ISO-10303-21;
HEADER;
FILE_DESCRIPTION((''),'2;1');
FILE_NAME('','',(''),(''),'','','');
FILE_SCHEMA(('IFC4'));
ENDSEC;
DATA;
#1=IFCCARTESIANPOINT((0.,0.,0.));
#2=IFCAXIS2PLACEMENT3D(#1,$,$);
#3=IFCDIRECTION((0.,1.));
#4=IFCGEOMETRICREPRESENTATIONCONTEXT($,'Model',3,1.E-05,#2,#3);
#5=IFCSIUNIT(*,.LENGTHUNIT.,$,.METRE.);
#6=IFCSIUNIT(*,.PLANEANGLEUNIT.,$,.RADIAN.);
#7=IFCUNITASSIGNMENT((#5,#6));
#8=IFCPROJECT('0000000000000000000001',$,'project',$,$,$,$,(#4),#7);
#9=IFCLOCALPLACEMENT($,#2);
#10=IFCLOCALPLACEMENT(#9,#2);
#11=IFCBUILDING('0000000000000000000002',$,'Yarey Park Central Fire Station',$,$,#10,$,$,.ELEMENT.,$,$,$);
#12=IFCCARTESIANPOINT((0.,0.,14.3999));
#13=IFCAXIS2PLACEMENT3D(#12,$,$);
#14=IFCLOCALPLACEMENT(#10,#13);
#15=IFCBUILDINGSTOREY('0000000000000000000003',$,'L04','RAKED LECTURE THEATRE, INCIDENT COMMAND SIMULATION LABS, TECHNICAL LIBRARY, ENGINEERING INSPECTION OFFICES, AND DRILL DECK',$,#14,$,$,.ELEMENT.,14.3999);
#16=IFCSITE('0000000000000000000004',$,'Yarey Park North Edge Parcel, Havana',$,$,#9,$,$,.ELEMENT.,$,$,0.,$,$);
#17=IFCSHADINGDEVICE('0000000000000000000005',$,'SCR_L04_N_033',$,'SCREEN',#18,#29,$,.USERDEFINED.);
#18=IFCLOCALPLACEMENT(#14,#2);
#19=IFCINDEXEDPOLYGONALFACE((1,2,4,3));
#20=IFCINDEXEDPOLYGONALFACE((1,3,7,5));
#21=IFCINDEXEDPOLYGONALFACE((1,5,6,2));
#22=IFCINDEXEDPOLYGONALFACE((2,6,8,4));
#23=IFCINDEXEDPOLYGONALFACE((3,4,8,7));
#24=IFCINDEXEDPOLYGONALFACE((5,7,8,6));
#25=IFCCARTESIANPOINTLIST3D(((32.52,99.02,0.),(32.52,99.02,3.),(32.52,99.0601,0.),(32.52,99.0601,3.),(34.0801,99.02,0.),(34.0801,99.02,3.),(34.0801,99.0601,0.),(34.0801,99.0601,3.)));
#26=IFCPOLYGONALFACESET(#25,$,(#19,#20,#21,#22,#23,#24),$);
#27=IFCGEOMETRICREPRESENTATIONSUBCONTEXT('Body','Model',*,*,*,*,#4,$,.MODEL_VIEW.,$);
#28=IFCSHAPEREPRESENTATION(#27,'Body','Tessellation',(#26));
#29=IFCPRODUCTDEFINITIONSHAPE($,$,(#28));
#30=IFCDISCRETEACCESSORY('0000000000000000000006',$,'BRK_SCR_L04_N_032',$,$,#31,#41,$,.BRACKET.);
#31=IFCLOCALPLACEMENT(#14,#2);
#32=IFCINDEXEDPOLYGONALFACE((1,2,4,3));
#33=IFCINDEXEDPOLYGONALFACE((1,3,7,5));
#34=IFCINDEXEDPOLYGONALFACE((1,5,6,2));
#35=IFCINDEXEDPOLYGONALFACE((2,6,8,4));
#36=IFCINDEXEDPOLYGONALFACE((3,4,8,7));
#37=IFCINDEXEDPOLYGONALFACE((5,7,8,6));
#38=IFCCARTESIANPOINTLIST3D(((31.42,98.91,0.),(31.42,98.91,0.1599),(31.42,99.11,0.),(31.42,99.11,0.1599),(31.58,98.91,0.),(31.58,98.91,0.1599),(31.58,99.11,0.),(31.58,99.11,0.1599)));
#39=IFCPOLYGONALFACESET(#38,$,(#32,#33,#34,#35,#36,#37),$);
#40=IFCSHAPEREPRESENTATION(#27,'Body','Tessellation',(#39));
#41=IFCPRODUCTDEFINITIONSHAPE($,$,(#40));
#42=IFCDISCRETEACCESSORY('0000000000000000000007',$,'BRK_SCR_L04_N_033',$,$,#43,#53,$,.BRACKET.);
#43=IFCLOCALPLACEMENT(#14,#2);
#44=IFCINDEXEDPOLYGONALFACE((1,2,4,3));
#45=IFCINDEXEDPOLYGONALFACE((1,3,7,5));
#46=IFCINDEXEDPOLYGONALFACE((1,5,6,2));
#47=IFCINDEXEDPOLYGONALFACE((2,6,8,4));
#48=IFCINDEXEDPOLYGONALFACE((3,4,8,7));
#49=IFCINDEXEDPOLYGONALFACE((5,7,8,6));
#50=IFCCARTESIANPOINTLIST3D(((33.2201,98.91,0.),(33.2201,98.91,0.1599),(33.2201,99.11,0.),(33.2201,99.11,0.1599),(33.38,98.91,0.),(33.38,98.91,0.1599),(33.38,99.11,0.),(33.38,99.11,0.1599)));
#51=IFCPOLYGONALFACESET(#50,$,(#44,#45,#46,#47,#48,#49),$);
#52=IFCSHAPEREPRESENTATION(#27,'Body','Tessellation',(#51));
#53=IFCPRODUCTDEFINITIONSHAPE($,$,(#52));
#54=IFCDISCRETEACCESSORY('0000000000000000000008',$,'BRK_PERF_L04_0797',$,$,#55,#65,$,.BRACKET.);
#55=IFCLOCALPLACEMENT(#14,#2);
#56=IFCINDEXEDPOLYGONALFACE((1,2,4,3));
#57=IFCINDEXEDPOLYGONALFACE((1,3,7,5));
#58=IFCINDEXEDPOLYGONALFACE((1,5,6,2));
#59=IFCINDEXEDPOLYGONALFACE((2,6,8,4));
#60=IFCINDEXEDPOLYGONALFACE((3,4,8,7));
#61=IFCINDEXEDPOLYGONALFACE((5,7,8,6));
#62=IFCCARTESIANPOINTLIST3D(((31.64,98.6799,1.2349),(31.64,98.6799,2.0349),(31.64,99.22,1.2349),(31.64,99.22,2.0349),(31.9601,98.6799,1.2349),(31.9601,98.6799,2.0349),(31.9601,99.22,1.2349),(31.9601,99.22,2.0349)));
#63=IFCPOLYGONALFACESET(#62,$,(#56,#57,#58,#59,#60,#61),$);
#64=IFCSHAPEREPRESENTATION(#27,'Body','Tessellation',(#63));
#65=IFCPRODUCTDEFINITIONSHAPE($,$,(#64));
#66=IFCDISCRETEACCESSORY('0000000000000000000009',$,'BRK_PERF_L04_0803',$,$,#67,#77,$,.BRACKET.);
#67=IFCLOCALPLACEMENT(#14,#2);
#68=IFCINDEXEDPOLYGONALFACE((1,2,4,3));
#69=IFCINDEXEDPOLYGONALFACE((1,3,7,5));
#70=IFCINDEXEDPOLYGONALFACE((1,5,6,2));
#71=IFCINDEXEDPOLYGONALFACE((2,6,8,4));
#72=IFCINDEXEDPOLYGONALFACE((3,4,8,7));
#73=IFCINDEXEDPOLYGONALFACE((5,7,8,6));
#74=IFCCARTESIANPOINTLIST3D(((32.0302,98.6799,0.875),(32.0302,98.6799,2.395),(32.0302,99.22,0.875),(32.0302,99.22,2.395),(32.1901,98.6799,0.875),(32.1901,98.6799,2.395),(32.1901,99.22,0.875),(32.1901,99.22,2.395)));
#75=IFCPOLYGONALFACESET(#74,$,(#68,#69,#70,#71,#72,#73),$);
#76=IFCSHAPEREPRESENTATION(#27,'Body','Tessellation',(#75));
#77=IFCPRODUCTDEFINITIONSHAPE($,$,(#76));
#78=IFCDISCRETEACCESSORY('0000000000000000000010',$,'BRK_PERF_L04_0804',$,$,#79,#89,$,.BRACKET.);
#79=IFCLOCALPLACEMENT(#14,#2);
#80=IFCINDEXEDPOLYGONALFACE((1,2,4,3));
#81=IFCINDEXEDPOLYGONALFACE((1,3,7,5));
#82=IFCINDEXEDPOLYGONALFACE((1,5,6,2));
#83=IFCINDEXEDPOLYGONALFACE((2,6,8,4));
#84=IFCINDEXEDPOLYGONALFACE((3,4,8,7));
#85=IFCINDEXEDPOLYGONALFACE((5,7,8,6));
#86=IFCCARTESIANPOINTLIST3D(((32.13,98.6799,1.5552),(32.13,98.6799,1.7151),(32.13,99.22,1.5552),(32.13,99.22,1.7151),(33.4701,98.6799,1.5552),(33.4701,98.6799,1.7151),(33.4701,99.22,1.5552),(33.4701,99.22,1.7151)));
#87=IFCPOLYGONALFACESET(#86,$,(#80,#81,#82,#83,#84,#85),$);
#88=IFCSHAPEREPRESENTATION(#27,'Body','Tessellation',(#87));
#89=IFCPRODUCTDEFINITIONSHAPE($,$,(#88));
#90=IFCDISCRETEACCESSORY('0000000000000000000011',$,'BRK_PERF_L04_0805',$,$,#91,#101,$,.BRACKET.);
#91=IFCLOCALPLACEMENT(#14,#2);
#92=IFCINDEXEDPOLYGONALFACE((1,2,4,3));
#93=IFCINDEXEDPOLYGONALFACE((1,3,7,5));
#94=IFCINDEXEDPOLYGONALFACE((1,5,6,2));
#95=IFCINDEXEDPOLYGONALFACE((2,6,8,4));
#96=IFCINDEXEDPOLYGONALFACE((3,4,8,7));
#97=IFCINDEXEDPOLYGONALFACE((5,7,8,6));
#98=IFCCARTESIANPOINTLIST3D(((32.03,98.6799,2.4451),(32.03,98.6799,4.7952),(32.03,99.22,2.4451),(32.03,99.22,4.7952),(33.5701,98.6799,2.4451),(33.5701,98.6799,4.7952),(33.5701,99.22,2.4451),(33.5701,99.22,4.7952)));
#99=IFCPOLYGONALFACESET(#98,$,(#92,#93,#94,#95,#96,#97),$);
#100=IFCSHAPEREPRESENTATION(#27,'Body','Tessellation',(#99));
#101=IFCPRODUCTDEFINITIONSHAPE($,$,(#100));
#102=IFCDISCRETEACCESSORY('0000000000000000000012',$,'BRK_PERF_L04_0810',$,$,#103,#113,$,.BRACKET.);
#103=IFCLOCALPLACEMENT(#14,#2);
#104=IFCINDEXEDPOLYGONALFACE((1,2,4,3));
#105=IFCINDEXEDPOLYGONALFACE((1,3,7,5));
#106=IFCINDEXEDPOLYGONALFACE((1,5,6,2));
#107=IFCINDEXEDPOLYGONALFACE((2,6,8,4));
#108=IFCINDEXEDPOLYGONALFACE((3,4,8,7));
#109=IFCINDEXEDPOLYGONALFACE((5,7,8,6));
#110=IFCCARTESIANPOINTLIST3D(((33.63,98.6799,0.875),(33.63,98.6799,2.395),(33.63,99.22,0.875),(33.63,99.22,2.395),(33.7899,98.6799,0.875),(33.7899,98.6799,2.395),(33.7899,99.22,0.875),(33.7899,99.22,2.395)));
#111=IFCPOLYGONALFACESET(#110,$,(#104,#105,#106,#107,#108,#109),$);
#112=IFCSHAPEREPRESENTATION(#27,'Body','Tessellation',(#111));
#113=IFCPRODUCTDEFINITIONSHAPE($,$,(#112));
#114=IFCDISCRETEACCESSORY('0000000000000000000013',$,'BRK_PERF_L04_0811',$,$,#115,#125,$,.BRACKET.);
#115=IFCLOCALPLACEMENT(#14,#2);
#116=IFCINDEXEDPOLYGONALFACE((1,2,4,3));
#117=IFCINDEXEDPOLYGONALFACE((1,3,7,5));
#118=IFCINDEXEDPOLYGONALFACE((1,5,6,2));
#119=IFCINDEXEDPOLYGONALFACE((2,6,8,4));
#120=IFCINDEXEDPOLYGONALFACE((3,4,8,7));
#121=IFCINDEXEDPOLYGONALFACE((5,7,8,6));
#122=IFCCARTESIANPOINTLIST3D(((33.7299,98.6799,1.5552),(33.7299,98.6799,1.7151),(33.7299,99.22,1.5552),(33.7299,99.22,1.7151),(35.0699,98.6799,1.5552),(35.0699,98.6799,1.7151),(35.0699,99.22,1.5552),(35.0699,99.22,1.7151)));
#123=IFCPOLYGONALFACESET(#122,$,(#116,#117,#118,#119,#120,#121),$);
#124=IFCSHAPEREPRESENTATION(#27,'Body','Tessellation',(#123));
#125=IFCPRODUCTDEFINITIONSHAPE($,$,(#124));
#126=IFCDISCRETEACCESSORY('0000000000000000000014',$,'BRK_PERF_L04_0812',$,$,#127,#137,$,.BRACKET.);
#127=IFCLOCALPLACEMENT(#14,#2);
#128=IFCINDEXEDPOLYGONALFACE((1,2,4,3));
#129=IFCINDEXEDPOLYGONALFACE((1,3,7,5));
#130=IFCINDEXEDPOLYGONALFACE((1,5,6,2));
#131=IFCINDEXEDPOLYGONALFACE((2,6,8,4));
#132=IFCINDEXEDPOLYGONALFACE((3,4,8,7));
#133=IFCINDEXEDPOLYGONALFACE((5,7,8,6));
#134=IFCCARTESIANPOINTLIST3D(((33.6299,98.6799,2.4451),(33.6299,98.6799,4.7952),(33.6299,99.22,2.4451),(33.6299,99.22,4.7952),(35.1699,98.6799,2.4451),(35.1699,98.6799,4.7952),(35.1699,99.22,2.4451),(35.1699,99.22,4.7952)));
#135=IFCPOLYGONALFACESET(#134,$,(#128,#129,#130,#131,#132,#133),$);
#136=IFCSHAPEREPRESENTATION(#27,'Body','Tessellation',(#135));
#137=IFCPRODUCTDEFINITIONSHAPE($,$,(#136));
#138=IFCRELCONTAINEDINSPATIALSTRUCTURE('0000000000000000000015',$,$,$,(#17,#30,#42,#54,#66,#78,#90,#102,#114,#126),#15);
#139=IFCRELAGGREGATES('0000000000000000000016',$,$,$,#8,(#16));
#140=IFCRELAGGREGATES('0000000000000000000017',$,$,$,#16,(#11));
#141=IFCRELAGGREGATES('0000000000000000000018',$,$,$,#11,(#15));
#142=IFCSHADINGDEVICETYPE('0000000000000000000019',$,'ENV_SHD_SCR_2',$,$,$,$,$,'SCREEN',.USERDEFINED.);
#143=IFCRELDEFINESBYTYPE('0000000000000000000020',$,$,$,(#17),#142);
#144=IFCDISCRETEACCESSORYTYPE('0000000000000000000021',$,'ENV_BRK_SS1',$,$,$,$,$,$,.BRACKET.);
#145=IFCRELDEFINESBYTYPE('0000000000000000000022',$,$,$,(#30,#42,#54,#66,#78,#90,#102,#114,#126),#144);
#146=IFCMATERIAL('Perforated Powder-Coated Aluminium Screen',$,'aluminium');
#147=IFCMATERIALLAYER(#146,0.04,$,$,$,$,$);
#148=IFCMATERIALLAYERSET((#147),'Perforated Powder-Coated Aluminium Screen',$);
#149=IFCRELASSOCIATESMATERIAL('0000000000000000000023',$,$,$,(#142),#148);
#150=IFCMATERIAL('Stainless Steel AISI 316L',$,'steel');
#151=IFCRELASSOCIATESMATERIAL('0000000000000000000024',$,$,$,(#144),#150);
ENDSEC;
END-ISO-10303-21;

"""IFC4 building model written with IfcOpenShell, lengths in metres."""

from ifc_helpers import new_model, si_unit, direction, frame, origin, origin_2d, place, context, subcontext, project, spatial, rectangle, extrude, material, layer, layer_set, type_object, element, save


model = new_model("IFC4")

# Units and contexts
model_context = context("Model", 3, precision=1e-05, world=origin(), true_north=direction((0.0, 1.0)))
body_context = subcontext(model_context, "Body", "Model", "MODEL_VIEW")
ifc_project = project(units=[si_unit("LENGTHUNIT", "METRE"), si_unit("PLANEANGLEUNIT", "RADIAN")], contexts=[model_context])

# Site, building, storey
site_placement = place(None, origin())
site = spatial("IfcSite", under=ifc_project, at=site_placement, Name="Yarey Park North Edge Parcel, Havana", CompositionType="ELEMENT", RefElevation=0.0)
building_placement = place(site_placement, origin())
building = spatial("IfcBuilding", under=site, at=building_placement, Name="Yarey Park Central Fire Station", CompositionType="ELEMENT")
storey_placement = place(building_placement, frame((0.0, 0.0, 14.3999)))
storey = spatial("IfcBuildingStorey", under=building, at=storey_placement, Name="L04", Description="RAKED LECTURE THEATRE, INCIDENT COMMAND SIMULATION LABS, TECHNICAL LIBRARY, ENGINEERING INSPECTION OFFICES, AND DRILL DECK", CompositionType="ELEMENT", Elevation=14.3999)

# Shading device
ifc_material_1 = material(Name="Perforated Powder-Coated Aluminium Screen", Category="aluminium")
ifc_layer_1 = layer(ifc_material_1, 0.04)
ifc_layer_set_1 = layer_set([ifc_layer_1], Name="Perforated Powder-Coated Aluminium Screen")
shading_device_type = type_object("IfcShadingDeviceType", Name="ENV_SHD_SCR_2", ElementType="SCREEN", PredefinedType="USERDEFINED", material=ifc_layer_set_1)
for number, where, z_axis, x_axis, name in (
    (1, (33.3, 99.04, 0.0), (0.0, 0.0, 1.0), (1.0, 0.0, 0.0), "SCR_L04_N_033"),
):
    element("IfcShadingDevice", number, at=place(storey_placement, frame(where, z_axis=z_axis, x_axis=x_axis)), inside=storey, type_object=shading_device_type, Name=name, ObjectType="SCREEN", PredefinedType="USERDEFINED", context=body_context, shape_type="SweptSolid", body=[
        extrude(rectangle(XDim=1.5601, YDim=0.04, at=origin_2d()), origin(), (0.0, 0.0, 1.0), 3.0),
    ])

# Discrete accessories
ifc_material_2 = material(Name="Stainless Steel AISI 316L", Category="steel")
discrete_accessory_type = type_object("IfcDiscreteAccessoryType", Name="ENV_BRK_SS1", PredefinedType="BRACKET", material=ifc_material_2)
for number, where, z_axis, x_axis, name in (
    (2, (31.5, 99.01, 0.0), (0.0, 0.0, 1.0), (1.0, 0.0, 0.0), "BRK_SCR_L04_N_032"),
    (3, (33.3, 99.01, 0.0), (0.0, 0.0, 1.0), (1.0, 0.0, 0.0), "BRK_SCR_L04_N_033"),
):
    element("IfcDiscreteAccessory", number, at=place(storey_placement, frame(where, z_axis=z_axis, x_axis=x_axis)), inside=storey, type_object=discrete_accessory_type, Name=name, PredefinedType="BRACKET", context=body_context, shape_type="SweptSolid", body=[
        extrude(rectangle(XDim=0.1599, YDim=0.2, at=origin_2d()), origin(), (0.0, 0.0, 1.0), 0.1599),
    ])
discrete_accessory_1_placement = place(storey_placement, frame((31.8, 98.95, 1.2349), z_axis=(0.0, 0.0, 1.0), x_axis=(1.0, 0.0, 0.0)))
element("IfcDiscreteAccessory", 4, at=discrete_accessory_1_placement, inside=storey, type_object=discrete_accessory_type, Name="BRK_PERF_L04_0797", PredefinedType="BRACKET", context=body_context, shape_type="SweptSolid", body=[
    extrude(rectangle(XDim=0.3201, YDim=0.54, at=origin_2d()), origin(), (0.0, 0.0, 1.0), 0.8),
])
discrete_accessory_2_placement = place(storey_placement, frame((32.1101, 98.95, 0.875), z_axis=(0.0, 0.0, 1.0), x_axis=(1.0, 0.0, 0.0)))
element("IfcDiscreteAccessory", 5, at=discrete_accessory_2_placement, inside=storey, type_object=discrete_accessory_type, Name="BRK_PERF_L04_0803", PredefinedType="BRACKET", context=body_context, shape_type="SweptSolid", body=[
    extrude(rectangle(XDim=0.1599, YDim=0.54, at=origin_2d()), origin(), (0.0, 0.0, 1.0), 1.52),
])
discrete_accessory_3_placement = place(storey_placement, frame((32.8, 98.95, 1.5552), z_axis=(0.0, 0.0, 1.0), x_axis=(1.0, 0.0, 0.0)))
element("IfcDiscreteAccessory", 6, at=discrete_accessory_3_placement, inside=storey, type_object=discrete_accessory_type, Name="BRK_PERF_L04_0804", PredefinedType="BRACKET", context=body_context, shape_type="SweptSolid", body=[
    extrude(rectangle(XDim=1.3401, YDim=0.54, at=origin_2d()), origin(), (0.0, 0.0, 1.0), 0.1599),
])
discrete_accessory_4_placement = place(storey_placement, frame((32.8, 98.95, 2.4451), z_axis=(0.0, 0.0, 1.0), x_axis=(1.0, 0.0, 0.0)))
element("IfcDiscreteAccessory", 7, at=discrete_accessory_4_placement, inside=storey, type_object=discrete_accessory_type, Name="BRK_PERF_L04_0805", PredefinedType="BRACKET", context=body_context, shape_type="SweptSolid", body=[
    extrude(rectangle(XDim=1.54, YDim=0.54, at=origin_2d()), origin(), (0.0, 0.0, 1.0), 2.3501),
])
discrete_accessory_5_placement = place(storey_placement, frame((33.71, 98.95, 0.875), z_axis=(0.0, 0.0, 1.0), x_axis=(1.0, 0.0, 0.0)))
element("IfcDiscreteAccessory", 8, at=discrete_accessory_5_placement, inside=storey, type_object=discrete_accessory_type, Name="BRK_PERF_L04_0810", PredefinedType="BRACKET", context=body_context, shape_type="SweptSolid", body=[
    extrude(rectangle(XDim=0.1599, YDim=0.54, at=origin_2d()), origin(), (0.0, 0.0, 1.0), 1.52),
])
discrete_accessory_6_placement = place(storey_placement, frame((34.3999, 98.95, 1.5552), z_axis=(0.0, 0.0, 1.0), x_axis=(1.0, 0.0, 0.0)))
element("IfcDiscreteAccessory", 9, at=discrete_accessory_6_placement, inside=storey, type_object=discrete_accessory_type, Name="BRK_PERF_L04_0811", PredefinedType="BRACKET", context=body_context, shape_type="SweptSolid", body=[
    extrude(rectangle(XDim=1.3401, YDim=0.54, at=origin_2d()), origin(), (0.0, 0.0, 1.0), 0.1599),
])
discrete_accessory_7_placement = place(storey_placement, frame((34.3999, 98.95, 2.4451), z_axis=(0.0, 0.0, 1.0), x_axis=(1.0, 0.0, 0.0)))
element("IfcDiscreteAccessory", 10, at=discrete_accessory_7_placement, inside=storey, type_object=discrete_accessory_type, Name="BRK_PERF_L04_0812", PredefinedType="BRACKET", context=body_context, shape_type="SweptSolid", body=[
    extrude(rectangle(XDim=1.54, YDim=0.54, at=origin_2d()), origin(), (0.0, 0.0, 1.0), 2.3501),
])

save(model, "model.ifc")
